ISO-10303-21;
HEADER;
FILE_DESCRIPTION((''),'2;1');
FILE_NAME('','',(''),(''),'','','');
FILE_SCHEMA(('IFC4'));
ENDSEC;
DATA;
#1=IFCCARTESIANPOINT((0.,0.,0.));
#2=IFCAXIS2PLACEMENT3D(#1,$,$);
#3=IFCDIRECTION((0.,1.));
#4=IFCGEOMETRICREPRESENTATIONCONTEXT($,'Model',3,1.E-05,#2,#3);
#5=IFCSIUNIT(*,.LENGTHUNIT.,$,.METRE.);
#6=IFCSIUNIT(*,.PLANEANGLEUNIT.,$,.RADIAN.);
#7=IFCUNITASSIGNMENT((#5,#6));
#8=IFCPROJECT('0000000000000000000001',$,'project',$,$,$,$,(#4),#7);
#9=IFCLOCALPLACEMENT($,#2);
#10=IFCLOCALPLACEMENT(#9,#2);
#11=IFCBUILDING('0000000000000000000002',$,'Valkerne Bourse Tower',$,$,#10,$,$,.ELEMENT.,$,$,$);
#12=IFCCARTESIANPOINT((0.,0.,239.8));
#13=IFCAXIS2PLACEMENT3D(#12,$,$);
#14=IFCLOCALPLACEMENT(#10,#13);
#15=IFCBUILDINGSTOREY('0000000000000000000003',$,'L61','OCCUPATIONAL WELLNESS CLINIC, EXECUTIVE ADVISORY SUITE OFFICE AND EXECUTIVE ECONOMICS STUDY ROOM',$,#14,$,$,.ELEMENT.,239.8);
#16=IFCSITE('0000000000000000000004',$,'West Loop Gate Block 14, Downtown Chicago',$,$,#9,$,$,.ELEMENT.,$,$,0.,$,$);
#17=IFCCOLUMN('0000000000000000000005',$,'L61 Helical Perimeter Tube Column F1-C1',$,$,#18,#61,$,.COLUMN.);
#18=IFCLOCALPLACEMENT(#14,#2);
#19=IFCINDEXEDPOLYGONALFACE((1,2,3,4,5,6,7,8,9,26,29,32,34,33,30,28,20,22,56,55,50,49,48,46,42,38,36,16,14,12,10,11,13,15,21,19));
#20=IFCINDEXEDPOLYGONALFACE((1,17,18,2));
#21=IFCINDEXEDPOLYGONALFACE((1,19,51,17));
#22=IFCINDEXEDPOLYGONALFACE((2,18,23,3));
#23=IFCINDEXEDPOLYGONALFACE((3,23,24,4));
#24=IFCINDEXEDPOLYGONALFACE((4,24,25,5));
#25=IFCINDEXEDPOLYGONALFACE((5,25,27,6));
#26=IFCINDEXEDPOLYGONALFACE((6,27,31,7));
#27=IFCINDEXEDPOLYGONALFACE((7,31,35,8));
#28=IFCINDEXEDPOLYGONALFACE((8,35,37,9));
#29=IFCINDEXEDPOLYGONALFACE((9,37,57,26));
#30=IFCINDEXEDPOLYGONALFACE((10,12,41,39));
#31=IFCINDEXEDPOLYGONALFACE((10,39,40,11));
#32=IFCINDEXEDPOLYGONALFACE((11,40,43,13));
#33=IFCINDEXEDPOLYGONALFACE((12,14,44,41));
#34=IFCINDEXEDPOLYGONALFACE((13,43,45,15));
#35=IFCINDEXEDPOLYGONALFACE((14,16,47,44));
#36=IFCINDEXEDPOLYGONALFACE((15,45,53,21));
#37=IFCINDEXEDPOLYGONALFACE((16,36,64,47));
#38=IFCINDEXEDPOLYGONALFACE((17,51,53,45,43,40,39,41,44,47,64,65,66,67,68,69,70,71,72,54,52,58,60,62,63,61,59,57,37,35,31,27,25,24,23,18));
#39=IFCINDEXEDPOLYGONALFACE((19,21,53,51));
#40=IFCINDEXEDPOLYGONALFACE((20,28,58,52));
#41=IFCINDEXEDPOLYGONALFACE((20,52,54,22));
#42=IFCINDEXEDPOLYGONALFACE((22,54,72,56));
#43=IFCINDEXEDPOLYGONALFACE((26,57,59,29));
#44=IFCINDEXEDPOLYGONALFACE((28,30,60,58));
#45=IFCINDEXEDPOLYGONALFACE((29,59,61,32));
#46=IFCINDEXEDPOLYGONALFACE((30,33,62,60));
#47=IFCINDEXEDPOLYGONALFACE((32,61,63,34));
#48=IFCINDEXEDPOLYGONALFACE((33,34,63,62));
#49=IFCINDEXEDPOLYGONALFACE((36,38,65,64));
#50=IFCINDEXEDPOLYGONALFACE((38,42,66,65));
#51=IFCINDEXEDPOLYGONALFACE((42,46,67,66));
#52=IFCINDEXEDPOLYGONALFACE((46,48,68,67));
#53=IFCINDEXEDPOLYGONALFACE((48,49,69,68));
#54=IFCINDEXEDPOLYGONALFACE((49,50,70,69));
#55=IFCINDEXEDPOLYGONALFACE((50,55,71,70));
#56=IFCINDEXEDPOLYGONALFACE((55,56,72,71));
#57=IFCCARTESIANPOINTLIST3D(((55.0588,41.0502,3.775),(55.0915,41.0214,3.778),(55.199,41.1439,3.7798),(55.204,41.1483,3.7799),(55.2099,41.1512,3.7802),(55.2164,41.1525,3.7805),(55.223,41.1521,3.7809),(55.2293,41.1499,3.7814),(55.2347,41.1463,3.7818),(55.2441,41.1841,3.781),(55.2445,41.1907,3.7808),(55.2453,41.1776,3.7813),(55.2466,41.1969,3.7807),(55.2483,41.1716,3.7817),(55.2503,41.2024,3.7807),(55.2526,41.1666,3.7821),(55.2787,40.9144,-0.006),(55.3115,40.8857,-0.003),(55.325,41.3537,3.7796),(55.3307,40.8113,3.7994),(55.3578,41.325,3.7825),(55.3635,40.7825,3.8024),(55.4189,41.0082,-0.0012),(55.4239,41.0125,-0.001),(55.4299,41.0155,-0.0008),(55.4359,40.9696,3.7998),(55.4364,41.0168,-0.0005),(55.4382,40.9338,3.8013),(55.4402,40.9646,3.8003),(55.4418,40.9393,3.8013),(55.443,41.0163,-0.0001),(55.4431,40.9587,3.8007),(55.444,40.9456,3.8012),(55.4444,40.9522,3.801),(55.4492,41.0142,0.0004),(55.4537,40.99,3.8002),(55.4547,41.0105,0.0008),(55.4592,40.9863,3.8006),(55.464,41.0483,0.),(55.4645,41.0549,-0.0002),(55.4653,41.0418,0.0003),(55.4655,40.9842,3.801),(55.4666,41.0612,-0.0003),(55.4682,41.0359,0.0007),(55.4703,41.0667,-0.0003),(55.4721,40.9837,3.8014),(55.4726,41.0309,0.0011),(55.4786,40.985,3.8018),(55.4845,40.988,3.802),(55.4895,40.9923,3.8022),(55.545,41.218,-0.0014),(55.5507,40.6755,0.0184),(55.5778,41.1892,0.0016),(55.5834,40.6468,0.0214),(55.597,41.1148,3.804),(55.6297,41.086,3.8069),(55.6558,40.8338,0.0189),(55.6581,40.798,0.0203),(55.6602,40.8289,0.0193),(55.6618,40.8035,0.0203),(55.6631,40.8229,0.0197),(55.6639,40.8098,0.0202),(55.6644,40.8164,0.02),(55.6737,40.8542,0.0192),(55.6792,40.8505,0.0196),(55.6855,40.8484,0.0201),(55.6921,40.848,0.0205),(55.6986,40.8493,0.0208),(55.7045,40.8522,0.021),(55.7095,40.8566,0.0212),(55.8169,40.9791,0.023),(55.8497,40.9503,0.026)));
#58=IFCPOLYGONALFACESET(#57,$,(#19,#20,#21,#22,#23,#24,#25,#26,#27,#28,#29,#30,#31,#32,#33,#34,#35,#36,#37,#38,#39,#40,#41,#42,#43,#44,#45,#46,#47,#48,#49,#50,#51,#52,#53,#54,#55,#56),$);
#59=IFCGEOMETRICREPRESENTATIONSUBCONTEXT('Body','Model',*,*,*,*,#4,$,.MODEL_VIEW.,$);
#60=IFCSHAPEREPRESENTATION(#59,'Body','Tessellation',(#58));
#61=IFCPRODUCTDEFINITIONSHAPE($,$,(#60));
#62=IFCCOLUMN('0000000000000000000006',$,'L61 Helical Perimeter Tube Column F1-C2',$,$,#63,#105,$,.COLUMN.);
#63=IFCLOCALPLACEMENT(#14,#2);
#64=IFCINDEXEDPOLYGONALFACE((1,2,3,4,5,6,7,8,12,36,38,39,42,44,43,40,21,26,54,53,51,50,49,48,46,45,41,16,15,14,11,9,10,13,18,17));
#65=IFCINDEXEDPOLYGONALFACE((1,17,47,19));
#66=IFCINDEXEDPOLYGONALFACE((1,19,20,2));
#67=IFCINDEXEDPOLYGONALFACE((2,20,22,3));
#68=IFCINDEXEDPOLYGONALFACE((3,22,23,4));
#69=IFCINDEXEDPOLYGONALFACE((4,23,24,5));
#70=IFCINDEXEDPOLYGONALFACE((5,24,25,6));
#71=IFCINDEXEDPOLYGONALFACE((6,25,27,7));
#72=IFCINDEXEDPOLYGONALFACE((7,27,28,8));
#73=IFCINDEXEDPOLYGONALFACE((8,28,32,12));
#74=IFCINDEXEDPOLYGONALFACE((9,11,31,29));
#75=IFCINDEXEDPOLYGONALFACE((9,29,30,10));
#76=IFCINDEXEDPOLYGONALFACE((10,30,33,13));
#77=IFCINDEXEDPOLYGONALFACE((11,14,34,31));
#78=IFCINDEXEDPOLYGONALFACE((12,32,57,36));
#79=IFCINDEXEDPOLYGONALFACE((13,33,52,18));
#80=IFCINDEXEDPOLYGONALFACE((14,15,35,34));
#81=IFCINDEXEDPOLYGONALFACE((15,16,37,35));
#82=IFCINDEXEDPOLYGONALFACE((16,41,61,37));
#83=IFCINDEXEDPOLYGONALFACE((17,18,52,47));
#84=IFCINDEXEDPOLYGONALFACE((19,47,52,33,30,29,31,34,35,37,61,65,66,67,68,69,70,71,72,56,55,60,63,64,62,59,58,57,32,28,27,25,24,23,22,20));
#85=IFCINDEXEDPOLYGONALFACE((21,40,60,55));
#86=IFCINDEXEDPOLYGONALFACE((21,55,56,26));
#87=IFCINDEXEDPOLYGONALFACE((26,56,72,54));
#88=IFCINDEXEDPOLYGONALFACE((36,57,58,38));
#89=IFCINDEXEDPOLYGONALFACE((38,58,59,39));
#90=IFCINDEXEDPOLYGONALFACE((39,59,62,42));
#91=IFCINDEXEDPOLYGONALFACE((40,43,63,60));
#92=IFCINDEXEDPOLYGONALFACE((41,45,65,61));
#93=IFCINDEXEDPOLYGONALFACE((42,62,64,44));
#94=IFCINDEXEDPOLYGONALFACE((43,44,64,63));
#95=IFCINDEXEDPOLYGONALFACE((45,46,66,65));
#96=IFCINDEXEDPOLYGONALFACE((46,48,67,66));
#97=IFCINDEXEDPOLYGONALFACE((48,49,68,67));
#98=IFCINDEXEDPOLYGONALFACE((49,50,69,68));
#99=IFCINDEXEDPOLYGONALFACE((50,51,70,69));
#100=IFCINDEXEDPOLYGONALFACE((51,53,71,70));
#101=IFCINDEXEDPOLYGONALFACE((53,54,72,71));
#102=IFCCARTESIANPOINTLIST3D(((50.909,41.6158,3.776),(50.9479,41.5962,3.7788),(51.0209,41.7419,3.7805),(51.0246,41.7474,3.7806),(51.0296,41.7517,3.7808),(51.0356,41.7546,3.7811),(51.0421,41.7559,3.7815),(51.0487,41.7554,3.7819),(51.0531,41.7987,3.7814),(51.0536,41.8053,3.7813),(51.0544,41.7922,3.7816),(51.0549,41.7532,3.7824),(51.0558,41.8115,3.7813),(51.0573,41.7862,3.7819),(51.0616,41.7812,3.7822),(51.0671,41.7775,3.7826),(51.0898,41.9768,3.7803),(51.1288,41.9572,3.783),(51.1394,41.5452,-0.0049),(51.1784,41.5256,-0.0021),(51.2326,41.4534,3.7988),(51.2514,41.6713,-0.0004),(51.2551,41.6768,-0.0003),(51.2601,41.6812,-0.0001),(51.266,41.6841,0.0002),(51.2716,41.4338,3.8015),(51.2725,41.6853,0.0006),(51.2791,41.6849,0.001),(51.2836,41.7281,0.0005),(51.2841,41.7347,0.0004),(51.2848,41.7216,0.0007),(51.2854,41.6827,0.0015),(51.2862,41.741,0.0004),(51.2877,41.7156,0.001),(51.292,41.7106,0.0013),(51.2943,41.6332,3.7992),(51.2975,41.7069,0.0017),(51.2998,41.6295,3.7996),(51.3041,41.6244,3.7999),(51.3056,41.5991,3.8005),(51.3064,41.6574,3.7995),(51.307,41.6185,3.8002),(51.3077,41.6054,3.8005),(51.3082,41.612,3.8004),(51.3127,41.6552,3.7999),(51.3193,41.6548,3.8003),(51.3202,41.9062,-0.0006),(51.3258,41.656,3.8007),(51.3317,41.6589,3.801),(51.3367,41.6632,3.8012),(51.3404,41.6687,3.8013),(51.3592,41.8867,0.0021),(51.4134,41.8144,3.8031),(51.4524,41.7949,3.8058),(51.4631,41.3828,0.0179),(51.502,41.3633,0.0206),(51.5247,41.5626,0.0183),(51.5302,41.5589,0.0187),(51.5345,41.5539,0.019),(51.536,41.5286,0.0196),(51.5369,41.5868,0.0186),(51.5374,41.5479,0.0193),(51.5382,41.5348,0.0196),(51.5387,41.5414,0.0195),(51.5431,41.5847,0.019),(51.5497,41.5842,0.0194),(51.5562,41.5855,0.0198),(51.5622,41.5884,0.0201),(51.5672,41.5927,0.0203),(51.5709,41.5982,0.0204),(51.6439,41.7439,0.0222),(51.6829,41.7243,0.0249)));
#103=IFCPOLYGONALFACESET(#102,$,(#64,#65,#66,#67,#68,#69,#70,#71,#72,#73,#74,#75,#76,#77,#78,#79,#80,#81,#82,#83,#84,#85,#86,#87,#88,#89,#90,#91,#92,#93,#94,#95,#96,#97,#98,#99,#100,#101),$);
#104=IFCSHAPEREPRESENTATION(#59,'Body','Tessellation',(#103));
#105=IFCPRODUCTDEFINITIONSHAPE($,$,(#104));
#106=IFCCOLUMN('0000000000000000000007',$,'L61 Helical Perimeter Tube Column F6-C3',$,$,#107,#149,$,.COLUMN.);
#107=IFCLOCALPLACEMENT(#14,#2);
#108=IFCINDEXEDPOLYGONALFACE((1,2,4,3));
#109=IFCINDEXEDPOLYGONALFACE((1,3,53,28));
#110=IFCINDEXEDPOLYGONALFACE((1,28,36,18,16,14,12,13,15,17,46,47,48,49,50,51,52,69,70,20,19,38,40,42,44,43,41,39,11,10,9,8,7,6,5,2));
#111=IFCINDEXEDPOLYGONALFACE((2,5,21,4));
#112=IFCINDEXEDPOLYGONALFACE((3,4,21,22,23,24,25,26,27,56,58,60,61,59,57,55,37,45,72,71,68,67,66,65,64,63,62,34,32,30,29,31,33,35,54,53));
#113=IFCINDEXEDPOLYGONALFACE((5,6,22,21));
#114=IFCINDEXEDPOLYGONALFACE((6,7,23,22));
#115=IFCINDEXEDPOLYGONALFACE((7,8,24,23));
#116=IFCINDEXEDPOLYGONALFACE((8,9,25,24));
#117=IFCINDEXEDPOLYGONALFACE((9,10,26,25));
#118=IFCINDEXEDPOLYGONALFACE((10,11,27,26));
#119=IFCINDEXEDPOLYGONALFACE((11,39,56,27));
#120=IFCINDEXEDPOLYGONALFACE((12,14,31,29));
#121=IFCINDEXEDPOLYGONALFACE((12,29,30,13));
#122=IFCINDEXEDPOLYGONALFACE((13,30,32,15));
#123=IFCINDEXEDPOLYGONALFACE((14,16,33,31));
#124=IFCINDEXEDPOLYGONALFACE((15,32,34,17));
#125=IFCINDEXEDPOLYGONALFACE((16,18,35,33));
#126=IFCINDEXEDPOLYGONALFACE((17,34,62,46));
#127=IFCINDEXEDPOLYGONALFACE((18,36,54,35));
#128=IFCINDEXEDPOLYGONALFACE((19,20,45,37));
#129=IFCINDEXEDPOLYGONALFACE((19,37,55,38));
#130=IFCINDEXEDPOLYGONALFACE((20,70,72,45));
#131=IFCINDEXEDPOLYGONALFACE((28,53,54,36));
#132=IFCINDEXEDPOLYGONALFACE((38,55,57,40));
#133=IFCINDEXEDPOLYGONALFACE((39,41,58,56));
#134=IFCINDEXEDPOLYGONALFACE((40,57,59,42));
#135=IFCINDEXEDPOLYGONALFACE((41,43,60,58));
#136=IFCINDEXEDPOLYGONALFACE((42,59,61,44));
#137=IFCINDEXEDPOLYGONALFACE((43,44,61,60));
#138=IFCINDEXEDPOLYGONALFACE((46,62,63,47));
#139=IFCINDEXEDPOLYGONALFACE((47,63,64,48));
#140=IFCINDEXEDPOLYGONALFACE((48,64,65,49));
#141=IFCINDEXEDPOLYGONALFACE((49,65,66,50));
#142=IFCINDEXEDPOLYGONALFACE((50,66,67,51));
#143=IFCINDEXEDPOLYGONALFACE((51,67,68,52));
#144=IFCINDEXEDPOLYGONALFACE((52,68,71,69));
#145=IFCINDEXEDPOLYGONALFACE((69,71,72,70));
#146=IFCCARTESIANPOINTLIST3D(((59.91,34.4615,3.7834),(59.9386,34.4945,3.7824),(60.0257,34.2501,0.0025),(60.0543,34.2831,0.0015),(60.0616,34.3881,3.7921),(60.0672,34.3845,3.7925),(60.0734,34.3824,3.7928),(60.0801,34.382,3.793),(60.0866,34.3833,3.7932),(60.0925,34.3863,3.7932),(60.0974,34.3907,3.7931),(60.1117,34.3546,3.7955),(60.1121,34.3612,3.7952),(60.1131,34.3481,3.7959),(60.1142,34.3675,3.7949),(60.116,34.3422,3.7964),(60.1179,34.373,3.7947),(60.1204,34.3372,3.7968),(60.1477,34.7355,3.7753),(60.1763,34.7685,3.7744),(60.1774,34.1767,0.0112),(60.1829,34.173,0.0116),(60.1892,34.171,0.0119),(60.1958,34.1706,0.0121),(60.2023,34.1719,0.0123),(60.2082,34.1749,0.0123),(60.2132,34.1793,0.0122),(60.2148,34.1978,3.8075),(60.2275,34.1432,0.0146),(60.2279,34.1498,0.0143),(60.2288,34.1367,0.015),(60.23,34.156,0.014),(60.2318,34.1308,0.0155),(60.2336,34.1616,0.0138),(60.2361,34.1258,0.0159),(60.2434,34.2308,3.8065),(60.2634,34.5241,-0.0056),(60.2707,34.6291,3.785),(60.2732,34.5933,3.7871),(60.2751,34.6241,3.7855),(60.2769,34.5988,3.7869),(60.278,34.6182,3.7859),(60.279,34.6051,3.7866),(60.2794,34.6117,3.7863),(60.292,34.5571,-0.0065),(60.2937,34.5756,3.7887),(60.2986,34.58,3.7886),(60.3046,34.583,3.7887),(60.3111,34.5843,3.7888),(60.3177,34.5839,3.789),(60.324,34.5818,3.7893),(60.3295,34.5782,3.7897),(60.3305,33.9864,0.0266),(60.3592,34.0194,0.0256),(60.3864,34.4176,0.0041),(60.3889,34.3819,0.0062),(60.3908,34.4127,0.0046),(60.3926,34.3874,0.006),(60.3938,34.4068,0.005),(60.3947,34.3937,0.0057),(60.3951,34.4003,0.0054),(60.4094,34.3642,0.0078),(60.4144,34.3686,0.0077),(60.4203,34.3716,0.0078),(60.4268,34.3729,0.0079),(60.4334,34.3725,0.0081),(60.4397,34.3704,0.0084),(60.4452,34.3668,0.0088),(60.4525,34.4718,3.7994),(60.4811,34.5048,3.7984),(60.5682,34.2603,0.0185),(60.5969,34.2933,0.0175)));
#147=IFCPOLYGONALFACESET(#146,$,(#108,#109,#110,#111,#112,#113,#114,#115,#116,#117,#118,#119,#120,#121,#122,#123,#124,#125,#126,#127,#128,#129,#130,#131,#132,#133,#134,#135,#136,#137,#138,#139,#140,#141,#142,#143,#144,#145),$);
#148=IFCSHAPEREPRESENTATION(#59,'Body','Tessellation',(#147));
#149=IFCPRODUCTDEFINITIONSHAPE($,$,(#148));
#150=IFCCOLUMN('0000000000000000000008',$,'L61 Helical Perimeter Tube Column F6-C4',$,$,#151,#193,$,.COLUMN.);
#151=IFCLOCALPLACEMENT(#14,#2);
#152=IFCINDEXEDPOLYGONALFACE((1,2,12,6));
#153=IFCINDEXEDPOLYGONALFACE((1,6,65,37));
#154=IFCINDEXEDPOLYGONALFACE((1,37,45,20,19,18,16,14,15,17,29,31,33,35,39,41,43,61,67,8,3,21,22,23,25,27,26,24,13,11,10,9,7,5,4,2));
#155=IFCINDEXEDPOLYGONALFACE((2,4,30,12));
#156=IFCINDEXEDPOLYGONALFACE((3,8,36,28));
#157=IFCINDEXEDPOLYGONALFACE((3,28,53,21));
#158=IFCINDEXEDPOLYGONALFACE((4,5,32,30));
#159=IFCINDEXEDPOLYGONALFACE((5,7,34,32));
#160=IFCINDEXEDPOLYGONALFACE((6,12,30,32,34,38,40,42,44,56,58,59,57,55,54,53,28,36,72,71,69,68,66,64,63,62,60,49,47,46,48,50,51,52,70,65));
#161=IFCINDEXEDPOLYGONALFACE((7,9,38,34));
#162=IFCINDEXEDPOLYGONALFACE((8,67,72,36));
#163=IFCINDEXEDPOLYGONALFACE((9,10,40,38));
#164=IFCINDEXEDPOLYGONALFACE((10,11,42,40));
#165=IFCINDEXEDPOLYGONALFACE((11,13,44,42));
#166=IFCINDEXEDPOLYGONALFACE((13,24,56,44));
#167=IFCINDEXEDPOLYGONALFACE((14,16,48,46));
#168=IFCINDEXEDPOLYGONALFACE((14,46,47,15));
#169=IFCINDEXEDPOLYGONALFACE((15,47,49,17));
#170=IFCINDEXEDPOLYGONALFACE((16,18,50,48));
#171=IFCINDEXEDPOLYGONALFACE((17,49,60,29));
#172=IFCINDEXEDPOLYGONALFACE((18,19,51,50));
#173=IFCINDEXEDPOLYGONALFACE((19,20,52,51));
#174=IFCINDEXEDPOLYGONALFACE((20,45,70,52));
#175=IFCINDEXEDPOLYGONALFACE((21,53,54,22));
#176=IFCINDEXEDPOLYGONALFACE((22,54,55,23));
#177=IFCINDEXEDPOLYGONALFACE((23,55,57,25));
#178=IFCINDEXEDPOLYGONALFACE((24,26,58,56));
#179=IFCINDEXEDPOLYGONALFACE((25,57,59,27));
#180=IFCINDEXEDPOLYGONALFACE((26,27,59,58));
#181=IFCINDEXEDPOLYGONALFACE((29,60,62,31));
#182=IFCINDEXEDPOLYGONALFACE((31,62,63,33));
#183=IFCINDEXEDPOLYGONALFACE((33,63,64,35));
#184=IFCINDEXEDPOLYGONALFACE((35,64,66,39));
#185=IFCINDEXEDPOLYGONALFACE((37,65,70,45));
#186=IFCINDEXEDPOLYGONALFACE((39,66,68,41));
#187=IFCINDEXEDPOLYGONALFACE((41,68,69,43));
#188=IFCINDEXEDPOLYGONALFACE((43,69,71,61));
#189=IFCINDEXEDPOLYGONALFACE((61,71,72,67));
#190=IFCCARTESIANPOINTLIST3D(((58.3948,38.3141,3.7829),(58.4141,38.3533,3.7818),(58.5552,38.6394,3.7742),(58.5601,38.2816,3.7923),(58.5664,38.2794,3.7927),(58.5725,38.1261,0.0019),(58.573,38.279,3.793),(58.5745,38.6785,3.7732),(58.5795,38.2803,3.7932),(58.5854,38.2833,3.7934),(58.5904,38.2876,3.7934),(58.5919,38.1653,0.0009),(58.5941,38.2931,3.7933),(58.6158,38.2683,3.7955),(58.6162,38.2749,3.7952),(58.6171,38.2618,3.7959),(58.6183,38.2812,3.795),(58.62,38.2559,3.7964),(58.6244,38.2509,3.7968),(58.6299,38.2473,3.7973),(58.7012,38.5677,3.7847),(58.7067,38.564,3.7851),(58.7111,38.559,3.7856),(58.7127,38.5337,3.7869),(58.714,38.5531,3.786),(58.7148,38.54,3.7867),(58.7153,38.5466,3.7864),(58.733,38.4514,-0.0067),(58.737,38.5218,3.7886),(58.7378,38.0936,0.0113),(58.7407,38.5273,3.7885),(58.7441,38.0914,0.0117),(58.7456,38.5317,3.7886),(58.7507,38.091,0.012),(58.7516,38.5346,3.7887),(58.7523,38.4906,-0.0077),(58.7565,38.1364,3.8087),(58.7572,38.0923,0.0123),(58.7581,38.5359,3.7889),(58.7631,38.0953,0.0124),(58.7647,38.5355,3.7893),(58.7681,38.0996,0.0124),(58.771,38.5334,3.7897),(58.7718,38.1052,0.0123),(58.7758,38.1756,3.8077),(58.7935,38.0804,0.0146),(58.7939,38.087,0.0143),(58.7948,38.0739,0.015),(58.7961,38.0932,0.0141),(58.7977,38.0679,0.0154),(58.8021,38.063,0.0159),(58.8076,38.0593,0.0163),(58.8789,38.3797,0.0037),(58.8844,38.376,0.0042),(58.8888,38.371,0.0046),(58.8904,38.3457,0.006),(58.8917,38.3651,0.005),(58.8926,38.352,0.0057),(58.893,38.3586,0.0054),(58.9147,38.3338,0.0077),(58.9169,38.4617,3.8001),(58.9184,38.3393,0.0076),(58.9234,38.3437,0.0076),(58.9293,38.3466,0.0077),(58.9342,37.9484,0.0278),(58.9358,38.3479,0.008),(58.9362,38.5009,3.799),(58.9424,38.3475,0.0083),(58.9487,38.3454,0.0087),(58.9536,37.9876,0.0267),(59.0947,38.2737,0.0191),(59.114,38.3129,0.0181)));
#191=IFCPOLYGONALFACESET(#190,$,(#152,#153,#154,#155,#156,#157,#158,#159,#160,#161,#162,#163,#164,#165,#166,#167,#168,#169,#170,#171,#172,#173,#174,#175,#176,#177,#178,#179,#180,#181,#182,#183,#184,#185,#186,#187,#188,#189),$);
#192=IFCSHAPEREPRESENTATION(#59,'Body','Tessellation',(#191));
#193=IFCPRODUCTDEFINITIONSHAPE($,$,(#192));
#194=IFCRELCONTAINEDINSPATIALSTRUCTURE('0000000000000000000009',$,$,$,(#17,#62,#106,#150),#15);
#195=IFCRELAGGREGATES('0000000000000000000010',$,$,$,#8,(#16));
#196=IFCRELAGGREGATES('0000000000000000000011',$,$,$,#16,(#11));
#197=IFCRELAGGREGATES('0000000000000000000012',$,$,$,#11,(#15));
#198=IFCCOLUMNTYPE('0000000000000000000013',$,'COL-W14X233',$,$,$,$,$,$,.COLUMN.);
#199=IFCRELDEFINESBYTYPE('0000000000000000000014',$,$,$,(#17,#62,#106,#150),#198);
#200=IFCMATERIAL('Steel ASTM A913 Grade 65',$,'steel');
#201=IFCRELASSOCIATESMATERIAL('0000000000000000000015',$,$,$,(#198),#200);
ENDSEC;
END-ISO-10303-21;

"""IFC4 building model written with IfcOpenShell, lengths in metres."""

from ifc_helpers import new_model, si_unit, direction, frame, origin, origin_2d, place, context, subcontext, project, spatial, i_section, extrude, material, material_profile, profile_set, type_object, element, save


model = new_model("IFC4")

# Units and contexts
model_context = context("Model", 3, precision=1e-05, world=origin(), true_north=direction((0.0, 1.0)))
body_context = subcontext(model_context, "Body", "Model", "MODEL_VIEW")
ifc_project = project(units=[si_unit("LENGTHUNIT", "METRE"), si_unit("PLANEANGLEUNIT", "RADIAN")], contexts=[model_context])

# Site, building, storey
site_placement = place(None, origin())
site = spatial("IfcSite", under=ifc_project, at=site_placement, Name="West Loop Gate Block 14, Downtown Chicago", CompositionType="ELEMENT", RefElevation=0.0)
building_placement = place(site_placement, origin())
building = spatial("IfcBuilding", under=site, at=building_placement, Name="Valkerne Bourse Tower", CompositionType="ELEMENT")
storey_placement = place(building_placement, frame((0.0, 0.0, 239.8)))
storey = spatial("IfcBuildingStorey", under=building, at=storey_placement, Name="L61", Description="OCCUPATIONAL WELLNESS CLINIC, EXECUTIVE ADVISORY SUITE OFFICE AND EXECUTIVE ECONOMICS STUDY ROOM", CompositionType="ELEMENT", Elevation=239.8)

# Columns
ifc_material_1 = material(Name="Steel ASTM A913 Grade 65", Category="steel")
ifc_material_profile_1 = material_profile(ifc_material_1, i_section(OverallWidth=0.4038, OverallDepth=0.4065, WebThickness=0.0271, FlangeThickness=0.0437, FilletRadius=0.0254, at=origin_2d()), Name="W14X233")
ifc_profile_set_1 = profile_set([ifc_material_profile_1], Name="Steel ASTM A913 Grade 65")
column_type = type_object("IfcColumnType", Name="COL-W14X233", PredefinedType="COLUMN", material=ifc_profile_set_1)
column_1_placement = place(storey_placement, frame((55.5642, 40.9324, 0.01), z_axis=(-0.058042, 0.035817, 0.997671), x_axis=(0.659388, 0.751717, 0.011374)))
element("IfcColumn", 1, at=column_1_placement, inside=storey, type_object=column_type, Name="L61 Helical Perimeter Tube Column F1-C1", PredefinedType="COLUMN", context=body_context, shape_type="SweptSolid", body=[
    extrude(i_section(OverallWidth=0.4038, OverallDepth=0.4065, WebThickness=0.0271, FlangeThickness=0.0437, FilletRadius=0.0254, at=origin_2d()), origin(), (0.0, 0.0, 1.0), 3.7898),
])
for number, where, z_axis, x_axis, name in (
    (2, (51.4111, 41.6348, 0.01), (-0.060831, 0.018623, 0.997974), (0.447774, 0.894084, 0.010609), "L61 Helical Perimeter Tube Column F1-C2"),
    (3, (60.3113, 34.2717, 0.01), (-0.030544, 0.055805, 0.997974), (0.754871, -0.653157, 0.059627), "L61 Helical Perimeter Tube Column F6-C3"),
):
    element("IfcColumn", number, at=place(storey_placement, frame(where, z_axis=z_axis, x_axis=x_axis)), inside=storey, type_object=column_type, Name=name, PredefinedType="COLUMN", context=body_context, shape_type="SweptSolid", body=[
        extrude(i_section(OverallWidth=0.4038, OverallDepth=0.4065, WebThickness=0.0271, FlangeThickness=0.0437, FilletRadius=0.0254, at=origin_2d()), origin(), (0.0, 0.0, 1.0), 3.7886),
    ])
column_2_placement = place(storey_placement, frame((58.8433, 38.2195, 0.01), z_axis=(-0.046898, 0.049603, 0.997667), x_axis=(0.89571, -0.440011, 0.063982)))
element("IfcColumn", 4, at=column_2_placement, inside=storey, type_object=column_type, Name="L61 Helical Perimeter Tube Column F6-C4", PredefinedType="COLUMN", context=body_context, shape_type="SweptSolid", body=[
    extrude(i_section(OverallWidth=0.4038, OverallDepth=0.4065, WebThickness=0.0271, FlangeThickness=0.0437, FilletRadius=0.0254, at=origin_2d()), origin(), (0.0, 0.0, 1.0), 3.7898),
])

save(model, "model.ifc")
